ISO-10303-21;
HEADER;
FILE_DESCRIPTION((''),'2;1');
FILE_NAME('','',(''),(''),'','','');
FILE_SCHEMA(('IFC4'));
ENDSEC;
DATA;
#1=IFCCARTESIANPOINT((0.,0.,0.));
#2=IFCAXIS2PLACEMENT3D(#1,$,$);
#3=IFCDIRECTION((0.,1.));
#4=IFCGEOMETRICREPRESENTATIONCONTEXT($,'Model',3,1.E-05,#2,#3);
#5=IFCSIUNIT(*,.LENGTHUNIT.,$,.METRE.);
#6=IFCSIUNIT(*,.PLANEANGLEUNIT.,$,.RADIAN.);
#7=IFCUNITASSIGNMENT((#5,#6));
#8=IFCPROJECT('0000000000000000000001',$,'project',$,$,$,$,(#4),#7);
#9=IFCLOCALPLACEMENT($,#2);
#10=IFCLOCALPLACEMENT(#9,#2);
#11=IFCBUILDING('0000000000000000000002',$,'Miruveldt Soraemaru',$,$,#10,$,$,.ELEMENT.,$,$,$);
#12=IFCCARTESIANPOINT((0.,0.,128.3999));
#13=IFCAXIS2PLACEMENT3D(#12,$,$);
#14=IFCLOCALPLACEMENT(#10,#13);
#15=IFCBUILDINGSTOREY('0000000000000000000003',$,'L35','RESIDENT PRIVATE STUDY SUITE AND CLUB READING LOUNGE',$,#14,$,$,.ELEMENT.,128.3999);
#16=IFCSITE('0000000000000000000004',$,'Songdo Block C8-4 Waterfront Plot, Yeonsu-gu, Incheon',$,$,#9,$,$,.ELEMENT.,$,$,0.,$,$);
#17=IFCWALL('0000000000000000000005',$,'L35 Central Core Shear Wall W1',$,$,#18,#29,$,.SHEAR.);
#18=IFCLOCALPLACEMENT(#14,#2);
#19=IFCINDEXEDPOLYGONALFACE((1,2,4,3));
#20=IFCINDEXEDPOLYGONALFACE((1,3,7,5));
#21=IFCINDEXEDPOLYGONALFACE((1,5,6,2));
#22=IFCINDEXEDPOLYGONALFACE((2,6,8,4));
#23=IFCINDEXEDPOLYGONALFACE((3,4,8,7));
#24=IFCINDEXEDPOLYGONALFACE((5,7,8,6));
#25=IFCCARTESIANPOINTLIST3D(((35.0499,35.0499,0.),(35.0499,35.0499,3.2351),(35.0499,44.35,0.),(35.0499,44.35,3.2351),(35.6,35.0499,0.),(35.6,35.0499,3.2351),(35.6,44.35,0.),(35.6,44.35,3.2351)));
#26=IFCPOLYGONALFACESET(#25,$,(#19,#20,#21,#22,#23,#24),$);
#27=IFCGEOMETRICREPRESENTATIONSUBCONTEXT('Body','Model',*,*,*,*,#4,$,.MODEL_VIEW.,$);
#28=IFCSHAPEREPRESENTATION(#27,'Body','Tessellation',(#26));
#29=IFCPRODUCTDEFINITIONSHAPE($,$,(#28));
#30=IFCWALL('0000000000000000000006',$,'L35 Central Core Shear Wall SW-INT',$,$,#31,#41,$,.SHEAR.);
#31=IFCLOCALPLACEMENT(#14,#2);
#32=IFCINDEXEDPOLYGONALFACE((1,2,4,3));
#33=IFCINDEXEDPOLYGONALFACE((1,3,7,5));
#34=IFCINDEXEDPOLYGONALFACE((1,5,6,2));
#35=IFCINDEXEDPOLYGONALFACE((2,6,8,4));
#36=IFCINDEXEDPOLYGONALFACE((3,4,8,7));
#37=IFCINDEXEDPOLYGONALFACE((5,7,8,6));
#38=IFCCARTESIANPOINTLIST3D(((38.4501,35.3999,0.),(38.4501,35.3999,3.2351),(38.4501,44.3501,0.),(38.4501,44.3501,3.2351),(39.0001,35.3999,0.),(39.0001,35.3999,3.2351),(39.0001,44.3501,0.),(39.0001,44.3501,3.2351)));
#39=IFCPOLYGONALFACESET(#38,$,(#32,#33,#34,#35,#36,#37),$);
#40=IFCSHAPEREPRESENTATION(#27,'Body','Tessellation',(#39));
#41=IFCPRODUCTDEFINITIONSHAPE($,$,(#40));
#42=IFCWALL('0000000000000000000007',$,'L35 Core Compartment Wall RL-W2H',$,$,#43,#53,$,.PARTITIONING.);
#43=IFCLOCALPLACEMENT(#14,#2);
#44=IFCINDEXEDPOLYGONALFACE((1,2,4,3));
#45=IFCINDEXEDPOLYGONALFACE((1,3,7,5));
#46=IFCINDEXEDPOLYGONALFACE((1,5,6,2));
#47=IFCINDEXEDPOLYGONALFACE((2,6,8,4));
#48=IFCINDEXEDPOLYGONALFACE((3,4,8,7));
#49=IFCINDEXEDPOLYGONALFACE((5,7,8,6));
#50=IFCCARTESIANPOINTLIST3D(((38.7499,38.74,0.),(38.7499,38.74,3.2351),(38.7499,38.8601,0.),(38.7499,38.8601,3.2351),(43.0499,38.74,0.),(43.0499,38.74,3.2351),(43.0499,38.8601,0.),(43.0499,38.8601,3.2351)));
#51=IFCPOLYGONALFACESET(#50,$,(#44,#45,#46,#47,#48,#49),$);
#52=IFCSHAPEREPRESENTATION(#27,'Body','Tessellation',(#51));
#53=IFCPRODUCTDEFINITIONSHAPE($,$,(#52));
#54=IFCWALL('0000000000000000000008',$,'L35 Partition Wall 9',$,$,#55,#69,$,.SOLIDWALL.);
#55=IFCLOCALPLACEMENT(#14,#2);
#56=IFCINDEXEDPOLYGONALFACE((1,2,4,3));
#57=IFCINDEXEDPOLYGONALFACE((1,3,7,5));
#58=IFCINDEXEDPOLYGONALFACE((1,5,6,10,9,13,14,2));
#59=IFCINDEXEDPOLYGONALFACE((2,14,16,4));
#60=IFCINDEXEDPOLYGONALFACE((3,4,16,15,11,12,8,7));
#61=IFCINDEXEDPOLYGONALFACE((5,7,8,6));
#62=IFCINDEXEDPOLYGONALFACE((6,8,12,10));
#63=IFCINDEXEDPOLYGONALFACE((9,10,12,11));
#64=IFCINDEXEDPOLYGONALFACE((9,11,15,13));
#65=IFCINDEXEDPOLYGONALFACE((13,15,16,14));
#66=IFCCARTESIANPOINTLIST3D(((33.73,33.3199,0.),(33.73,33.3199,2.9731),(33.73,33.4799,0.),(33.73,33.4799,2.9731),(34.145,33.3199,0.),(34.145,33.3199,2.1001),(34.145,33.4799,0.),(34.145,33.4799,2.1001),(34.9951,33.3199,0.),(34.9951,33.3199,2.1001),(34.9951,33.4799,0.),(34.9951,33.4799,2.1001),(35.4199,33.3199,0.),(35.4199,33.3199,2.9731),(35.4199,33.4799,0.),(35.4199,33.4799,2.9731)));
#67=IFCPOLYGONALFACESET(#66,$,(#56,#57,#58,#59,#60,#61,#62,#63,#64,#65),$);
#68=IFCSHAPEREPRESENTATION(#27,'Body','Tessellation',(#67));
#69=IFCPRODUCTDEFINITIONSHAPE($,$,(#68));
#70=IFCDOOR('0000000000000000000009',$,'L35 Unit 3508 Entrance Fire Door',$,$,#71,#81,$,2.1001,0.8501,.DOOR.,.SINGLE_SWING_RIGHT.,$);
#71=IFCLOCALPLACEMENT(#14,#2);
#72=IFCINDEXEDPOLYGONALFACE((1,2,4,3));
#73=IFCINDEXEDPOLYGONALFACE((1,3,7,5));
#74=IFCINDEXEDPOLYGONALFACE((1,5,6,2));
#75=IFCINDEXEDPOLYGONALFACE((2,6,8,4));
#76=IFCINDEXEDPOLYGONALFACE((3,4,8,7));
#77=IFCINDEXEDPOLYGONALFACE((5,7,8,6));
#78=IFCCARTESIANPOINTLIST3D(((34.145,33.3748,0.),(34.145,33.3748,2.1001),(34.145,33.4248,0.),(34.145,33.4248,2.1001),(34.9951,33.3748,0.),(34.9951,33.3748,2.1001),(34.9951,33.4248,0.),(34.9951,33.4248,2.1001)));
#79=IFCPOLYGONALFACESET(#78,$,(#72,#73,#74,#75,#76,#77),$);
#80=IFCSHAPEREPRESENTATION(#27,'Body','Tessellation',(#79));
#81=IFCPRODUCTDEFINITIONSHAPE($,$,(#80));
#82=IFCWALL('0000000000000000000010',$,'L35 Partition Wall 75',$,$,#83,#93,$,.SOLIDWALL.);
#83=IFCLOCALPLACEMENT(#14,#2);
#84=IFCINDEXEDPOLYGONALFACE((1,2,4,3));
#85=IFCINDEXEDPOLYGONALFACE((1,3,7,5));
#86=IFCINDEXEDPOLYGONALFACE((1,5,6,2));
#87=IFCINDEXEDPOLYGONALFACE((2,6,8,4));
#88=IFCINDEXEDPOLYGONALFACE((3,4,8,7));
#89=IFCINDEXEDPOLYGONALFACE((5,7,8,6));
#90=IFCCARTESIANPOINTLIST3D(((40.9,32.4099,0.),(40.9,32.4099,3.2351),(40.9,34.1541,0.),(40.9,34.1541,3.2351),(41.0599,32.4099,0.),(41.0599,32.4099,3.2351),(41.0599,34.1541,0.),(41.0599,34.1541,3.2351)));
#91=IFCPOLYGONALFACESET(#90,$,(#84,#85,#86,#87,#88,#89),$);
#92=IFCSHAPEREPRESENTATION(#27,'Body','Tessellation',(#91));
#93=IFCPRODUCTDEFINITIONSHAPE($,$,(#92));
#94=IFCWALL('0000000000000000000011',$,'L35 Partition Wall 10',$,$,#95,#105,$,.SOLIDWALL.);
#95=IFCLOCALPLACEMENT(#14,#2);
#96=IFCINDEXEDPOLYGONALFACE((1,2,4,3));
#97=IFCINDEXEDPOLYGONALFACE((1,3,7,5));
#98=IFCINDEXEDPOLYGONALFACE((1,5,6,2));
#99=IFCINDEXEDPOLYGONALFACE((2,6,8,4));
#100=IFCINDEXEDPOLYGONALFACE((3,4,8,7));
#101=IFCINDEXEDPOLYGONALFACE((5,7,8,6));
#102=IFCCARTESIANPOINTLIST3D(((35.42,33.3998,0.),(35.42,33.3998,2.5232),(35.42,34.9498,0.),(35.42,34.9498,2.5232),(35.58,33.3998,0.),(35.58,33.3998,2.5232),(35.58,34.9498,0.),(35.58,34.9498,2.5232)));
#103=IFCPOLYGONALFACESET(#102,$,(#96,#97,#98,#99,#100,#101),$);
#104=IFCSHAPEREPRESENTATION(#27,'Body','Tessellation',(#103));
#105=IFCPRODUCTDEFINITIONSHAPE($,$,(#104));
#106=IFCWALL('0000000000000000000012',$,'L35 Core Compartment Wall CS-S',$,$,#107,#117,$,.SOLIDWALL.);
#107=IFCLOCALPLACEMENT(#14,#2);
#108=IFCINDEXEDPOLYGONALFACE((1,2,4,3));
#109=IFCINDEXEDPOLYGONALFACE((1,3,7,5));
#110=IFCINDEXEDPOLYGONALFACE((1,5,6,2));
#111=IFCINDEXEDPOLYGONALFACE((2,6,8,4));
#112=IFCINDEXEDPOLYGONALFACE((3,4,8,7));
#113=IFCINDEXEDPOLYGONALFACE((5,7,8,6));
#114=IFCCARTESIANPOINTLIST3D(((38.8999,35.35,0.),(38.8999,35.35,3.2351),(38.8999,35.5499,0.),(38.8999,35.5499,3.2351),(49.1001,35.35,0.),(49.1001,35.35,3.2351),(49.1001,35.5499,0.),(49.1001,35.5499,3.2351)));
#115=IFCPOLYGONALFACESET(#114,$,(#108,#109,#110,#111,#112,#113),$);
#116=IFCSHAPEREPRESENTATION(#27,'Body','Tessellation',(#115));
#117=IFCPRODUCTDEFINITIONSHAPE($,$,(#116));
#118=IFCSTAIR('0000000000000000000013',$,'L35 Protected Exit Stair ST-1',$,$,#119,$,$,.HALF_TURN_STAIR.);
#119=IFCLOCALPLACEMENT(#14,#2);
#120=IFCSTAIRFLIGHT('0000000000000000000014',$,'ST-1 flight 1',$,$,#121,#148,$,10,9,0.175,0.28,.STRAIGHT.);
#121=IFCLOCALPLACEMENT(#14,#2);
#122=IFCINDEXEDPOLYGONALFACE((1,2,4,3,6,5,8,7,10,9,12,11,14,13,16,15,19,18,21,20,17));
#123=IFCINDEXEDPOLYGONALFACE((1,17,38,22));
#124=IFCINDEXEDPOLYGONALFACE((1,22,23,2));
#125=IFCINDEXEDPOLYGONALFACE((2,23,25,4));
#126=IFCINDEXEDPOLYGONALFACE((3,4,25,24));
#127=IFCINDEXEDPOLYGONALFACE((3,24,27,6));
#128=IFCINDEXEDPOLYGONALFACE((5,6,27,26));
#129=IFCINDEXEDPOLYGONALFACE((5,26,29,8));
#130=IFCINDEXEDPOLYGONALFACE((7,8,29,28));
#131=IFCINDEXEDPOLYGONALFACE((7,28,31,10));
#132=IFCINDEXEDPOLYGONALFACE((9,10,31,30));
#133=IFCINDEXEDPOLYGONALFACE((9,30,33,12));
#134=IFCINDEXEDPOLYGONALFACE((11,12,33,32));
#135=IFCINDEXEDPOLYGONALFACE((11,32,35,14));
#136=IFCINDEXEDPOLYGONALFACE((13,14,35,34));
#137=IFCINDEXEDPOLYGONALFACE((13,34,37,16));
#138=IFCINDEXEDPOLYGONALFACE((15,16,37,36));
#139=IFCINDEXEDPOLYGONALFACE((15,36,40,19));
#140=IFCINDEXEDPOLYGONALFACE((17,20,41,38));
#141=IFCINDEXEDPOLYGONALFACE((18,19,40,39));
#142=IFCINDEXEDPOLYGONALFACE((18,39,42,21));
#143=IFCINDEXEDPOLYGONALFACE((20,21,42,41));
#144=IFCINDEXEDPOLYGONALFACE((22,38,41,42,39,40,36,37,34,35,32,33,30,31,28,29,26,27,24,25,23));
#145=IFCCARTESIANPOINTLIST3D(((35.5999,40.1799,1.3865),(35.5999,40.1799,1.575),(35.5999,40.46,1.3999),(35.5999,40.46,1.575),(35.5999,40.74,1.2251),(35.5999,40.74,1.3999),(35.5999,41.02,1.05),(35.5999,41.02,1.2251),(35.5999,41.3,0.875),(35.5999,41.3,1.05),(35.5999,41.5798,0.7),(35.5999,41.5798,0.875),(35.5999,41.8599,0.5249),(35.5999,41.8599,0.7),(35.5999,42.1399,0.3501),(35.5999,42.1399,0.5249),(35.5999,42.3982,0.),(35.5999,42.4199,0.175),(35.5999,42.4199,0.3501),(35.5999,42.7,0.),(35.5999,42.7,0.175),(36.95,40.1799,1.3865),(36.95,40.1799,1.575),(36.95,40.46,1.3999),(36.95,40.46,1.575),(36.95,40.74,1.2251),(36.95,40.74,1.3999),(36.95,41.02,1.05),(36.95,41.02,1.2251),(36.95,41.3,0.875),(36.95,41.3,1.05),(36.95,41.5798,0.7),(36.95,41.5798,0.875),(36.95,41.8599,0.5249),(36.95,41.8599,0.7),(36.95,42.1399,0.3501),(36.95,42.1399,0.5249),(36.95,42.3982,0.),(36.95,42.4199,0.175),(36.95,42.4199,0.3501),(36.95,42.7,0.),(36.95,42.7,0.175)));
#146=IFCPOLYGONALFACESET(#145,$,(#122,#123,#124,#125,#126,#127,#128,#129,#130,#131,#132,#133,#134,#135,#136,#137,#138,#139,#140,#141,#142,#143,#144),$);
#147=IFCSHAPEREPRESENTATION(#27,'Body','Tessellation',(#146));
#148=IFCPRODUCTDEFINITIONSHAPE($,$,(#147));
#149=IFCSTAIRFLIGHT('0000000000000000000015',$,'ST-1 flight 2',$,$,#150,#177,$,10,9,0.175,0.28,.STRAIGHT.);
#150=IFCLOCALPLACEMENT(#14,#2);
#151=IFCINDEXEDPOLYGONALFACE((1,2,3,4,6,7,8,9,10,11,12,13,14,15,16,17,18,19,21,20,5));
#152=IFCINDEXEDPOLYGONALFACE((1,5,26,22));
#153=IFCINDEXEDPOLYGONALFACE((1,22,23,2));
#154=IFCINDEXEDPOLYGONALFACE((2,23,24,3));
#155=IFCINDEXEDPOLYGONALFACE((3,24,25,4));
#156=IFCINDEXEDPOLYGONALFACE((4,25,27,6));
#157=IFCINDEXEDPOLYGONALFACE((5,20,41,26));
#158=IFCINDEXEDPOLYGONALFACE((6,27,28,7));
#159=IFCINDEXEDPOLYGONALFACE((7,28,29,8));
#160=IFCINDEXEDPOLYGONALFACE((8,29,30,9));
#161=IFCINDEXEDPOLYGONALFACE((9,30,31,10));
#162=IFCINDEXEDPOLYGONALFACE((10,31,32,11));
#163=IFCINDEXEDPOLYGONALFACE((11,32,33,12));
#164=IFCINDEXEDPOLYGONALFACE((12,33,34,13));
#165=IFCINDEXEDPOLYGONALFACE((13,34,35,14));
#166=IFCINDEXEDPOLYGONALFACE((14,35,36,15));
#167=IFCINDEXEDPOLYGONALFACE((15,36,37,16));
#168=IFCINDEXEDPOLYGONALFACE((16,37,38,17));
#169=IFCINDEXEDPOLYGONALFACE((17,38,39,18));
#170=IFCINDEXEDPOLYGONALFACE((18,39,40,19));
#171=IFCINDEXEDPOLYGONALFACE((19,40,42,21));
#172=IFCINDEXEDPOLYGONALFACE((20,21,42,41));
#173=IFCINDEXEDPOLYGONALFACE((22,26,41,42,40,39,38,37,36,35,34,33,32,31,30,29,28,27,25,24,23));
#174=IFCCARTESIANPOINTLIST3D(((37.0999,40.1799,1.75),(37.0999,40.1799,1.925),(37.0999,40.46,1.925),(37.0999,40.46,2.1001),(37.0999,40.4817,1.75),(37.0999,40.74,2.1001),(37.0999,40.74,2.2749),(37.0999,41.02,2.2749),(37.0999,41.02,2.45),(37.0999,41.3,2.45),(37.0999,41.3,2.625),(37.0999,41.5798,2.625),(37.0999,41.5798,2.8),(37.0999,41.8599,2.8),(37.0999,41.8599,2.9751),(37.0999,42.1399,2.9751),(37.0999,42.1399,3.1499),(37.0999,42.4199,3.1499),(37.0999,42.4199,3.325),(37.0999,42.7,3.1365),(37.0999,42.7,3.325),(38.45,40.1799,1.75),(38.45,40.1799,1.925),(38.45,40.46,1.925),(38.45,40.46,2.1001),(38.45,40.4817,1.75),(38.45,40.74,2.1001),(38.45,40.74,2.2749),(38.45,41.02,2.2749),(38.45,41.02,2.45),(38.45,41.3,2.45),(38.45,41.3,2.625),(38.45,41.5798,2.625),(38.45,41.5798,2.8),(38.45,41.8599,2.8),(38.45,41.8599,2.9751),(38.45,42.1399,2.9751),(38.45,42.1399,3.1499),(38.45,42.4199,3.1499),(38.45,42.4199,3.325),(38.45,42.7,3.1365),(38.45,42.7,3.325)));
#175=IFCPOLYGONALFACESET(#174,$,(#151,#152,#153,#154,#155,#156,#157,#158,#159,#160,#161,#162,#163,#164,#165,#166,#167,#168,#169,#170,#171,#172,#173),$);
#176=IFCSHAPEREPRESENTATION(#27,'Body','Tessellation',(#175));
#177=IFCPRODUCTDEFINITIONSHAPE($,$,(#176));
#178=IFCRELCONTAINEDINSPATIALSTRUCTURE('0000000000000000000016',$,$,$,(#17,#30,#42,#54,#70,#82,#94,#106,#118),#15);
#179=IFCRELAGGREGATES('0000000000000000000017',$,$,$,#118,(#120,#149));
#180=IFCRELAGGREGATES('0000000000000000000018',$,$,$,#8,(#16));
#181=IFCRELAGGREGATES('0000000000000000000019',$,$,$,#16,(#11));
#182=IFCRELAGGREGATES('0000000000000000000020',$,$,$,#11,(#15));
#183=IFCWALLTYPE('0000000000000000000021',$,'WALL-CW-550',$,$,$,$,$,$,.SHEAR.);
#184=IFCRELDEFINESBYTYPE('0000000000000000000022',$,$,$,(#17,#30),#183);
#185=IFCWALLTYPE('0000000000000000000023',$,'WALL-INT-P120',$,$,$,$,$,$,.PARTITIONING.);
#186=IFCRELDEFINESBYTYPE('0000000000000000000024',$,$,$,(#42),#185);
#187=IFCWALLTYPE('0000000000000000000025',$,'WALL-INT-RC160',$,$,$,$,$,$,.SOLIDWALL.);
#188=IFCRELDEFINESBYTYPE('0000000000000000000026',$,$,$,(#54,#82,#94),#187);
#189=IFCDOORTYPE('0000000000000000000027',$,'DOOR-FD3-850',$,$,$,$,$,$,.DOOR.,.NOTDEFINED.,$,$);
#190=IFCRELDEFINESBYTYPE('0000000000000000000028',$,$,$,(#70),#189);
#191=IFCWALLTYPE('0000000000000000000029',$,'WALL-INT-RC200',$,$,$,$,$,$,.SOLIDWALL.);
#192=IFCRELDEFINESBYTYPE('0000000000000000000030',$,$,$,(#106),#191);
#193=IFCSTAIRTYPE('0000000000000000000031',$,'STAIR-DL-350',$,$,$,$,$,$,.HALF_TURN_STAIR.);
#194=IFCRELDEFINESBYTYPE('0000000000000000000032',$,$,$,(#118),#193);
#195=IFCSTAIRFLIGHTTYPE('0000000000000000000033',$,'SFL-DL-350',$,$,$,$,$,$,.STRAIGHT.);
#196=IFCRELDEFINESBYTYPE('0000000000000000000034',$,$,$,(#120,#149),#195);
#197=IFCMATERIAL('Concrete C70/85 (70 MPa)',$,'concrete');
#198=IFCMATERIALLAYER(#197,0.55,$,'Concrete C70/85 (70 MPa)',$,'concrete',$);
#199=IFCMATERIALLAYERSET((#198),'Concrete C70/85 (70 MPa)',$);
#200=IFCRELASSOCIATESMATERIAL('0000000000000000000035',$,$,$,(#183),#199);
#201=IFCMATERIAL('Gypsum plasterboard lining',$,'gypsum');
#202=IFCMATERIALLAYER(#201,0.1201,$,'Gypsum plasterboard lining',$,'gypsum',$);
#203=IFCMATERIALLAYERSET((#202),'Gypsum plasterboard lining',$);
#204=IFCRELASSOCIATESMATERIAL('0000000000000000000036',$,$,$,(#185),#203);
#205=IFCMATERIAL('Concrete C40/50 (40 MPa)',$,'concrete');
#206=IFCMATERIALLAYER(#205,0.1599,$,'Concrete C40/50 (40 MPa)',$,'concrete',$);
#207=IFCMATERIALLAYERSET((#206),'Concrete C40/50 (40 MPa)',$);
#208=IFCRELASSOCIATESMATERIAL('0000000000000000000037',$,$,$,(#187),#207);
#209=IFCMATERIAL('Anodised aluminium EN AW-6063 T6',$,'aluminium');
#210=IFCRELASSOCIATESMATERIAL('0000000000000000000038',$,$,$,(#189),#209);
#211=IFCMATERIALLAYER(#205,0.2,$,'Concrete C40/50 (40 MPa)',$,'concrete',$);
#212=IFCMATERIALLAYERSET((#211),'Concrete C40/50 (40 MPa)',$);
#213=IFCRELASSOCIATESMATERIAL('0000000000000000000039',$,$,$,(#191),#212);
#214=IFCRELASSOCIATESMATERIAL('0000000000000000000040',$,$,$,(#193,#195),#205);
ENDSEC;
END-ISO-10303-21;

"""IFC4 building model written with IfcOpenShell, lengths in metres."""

from ifc_helpers import new_model, si_unit, direction, frame, frame_2d, origin, place, context, subcontext, project, spatial, polyline, rectangle, outline, extrude, material, layer, layer_set, type_object, element, fill, aggregate, save


model = new_model("IFC4")

# Units and contexts
model_context = context("Model", 3, precision=1e-05, world=origin(), true_north=direction((0.0, 1.0)))
body_context = subcontext(model_context, "Body", "Model", "MODEL_VIEW")
ifc_project = project(units=[si_unit("LENGTHUNIT", "METRE"), si_unit("PLANEANGLEUNIT", "RADIAN")], contexts=[model_context])

# Site, building, storey
site_placement = place(None, origin())
site = spatial("IfcSite", under=ifc_project, at=site_placement, Name="Songdo Block C8-4 Waterfront Plot, Yeonsu-gu, Incheon", CompositionType="ELEMENT", RefElevation=0.0)
building_placement = place(site_placement, origin())
building = spatial("IfcBuilding", under=site, at=building_placement, Name="Miruveldt Soraemaru", CompositionType="ELEMENT")
storey_placement = place(building_placement, frame((0.0, 0.0, 128.3999)))
storey = spatial("IfcBuildingStorey", under=building, at=storey_placement, Name="L35", Description="RESIDENT PRIVATE STUDY SUITE AND CLUB READING LOUNGE", CompositionType="ELEMENT", Elevation=128.3999)

# Walls
ifc_material_1 = material(Name="Concrete C70/85 (70 MPa)", Category="concrete")
ifc_layer_1 = layer(ifc_material_1, 0.55, Name="Concrete C70/85 (70 MPa)", Category="concrete")
ifc_layer_set_1 = layer_set([ifc_layer_1], Name="Concrete C70/85 (70 MPa)")
wall_type_1 = type_object("IfcWallType", Name="WALL-CW-550", PredefinedType="SHEAR", material=ifc_layer_set_1)
wall_1_placement = place(storey_placement, frame((35.325, 35.05, 0.0), z_axis=(0.0, 0.0, 1.0), x_axis=(0.0, 1.0, 0.0)))
element("IfcWall", 1, at=wall_1_placement, inside=storey, type_object=wall_type_1, Name="L35 Central Core Shear Wall W1", PredefinedType="SHEAR", context=body_context, shape_type="SweptSolid", body=[
    extrude(rectangle(XDim=9.3, YDim=0.55, at=frame_2d((4.6499, 0.0))), origin(), (0.0, 0.0, 1.0), 3.2351),
])
wall_2_placement = place(storey_placement, frame((38.7251, 35.3999, 0.0), z_axis=(0.0, 0.0, 1.0), x_axis=(0.0, 1.0, 0.0)))
element("IfcWall", 2, at=wall_2_placement, inside=storey, type_object=wall_type_1, Name="L35 Central Core Shear Wall SW-INT", PredefinedType="SHEAR", context=body_context, shape_type="SweptSolid", body=[
    extrude(rectangle(XDim=8.9502, YDim=0.55, at=frame_2d((4.4751, 0.0))), origin(), (0.0, 0.0, 1.0), 3.2351),
])
ifc_material_2 = material(Name="Gypsum plasterboard lining", Category="gypsum")
ifc_layer_2 = layer(ifc_material_2, 0.1201, Name="Gypsum plasterboard lining", Category="gypsum")
ifc_layer_set_2 = layer_set([ifc_layer_2], Name="Gypsum plasterboard lining")
wall_type_2 = type_object("IfcWallType", Name="WALL-INT-P120", PredefinedType="PARTITIONING", material=ifc_layer_set_2)
wall_3_placement = place(storey_placement, frame((38.75, 38.8, 0.0), z_axis=(0.0, 0.0, 1.0), x_axis=(1.0, 0.0, 0.0)))
element("IfcWall", 3, at=wall_3_placement, inside=storey, type_object=wall_type_2, Name="L35 Core Compartment Wall RL-W2H", PredefinedType="PARTITIONING", context=body_context, shape_type="SweptSolid", body=[
    extrude(rectangle(XDim=4.3, YDim=0.1201, at=frame_2d((2.1499, 0.0))), origin(), (0.0, 0.0, 1.0), 3.2351),
])

# Wall, opening, door
ifc_material_3 = material(Name="Concrete C40/50 (40 MPa)", Category="concrete")
ifc_layer_3 = layer(ifc_material_3, 0.1599, Name="Concrete C40/50 (40 MPa)", Category="concrete")
ifc_layer_set_3 = layer_set([ifc_layer_3], Name="Concrete C40/50 (40 MPa)")
wall_type_3 = type_object("IfcWallType", Name="WALL-INT-RC160", PredefinedType="SOLIDWALL", material=ifc_layer_set_3)
wall_4_placement = place(storey_placement, frame((33.73, 33.3999, 0.0), z_axis=(0.0, 0.0, 1.0), x_axis=(1.0, 0.0, 0.0)))
wall_4 = element("IfcWall", 4, at=wall_4_placement, inside=storey, type_object=wall_type_3, Name="L35 Partition Wall 9", PredefinedType="SOLIDWALL", context=body_context, shape_type="SweptSolid", body=[
    extrude(rectangle(XDim=1.6899, YDim=0.1599, at=frame_2d((0.845, 0.0))), origin(), (0.0, 0.0, 1.0), 2.9731),
])
opening_placement = place(wall_4_placement, frame((0.415, 0.0, 0.0)))
opening = element("IfcOpeningElement", 5, at=opening_placement, cuts=wall_4, PredefinedType="OPENING", context=body_context, shape_type="SweptSolid", body=[
    extrude(rectangle(XDim=0.8501, YDim=2.1001, at=frame_2d((0.425, 1.05))), frame((0.0, 0.0898, 0.0), z_axis=(0.0, -1.0, 0.0), x_axis=(1.0, 0.0, 0.0)), (0.0, 0.0, 1.0), 0.1799),
])
ifc_material_4 = material(Name="Anodised aluminium EN AW-6063 T6", Category="aluminium")
door_type = type_object("IfcDoorType", Name="DOOR-FD3-850", OperationType="NOTDEFINED", PredefinedType="DOOR", material=ifc_material_4)
door_placement = place(opening_placement, origin())
door = element("IfcDoor", 6, at=door_placement, inside=storey, type_object=door_type, Name="L35 Unit 3508 Entrance Fire Door", OperationType="SINGLE_SWING_RIGHT", OverallHeight=2.1001, OverallWidth=0.8501, PredefinedType="DOOR", context=body_context, shape_type="SweptSolid", body=[
    extrude(rectangle(XDim=0.8501, YDim=2.1001, at=frame_2d((0.425, 1.05))), frame((0.0, 0.0249, 0.0), z_axis=(0.0, -1.0, 0.0), x_axis=(1.0, 0.0, 0.0)), (0.0, 0.0, 1.0), 0.05),
])
fill(opening, door)

# Walls
wall_5_placement = place(storey_placement, frame((40.98, 34.1541, 0.0), z_axis=(0.0, 0.0, 1.0), x_axis=(0.0, -1.0, 0.0)))
element("IfcWall", 7, at=wall_5_placement, inside=storey, type_object=wall_type_3, Name="L35 Partition Wall 75", PredefinedType="SOLIDWALL", context=body_context, shape_type="SweptSolid", body=[
    extrude(rectangle(XDim=1.7441, YDim=0.1599, at=frame_2d((0.8721, 0.0))), origin(), (0.0, 0.0, 1.0), 3.2351),
])
wall_6_placement = place(storey_placement, frame((35.5, 33.3999, 0.0), z_axis=(0.0, 0.0, 1.0), x_axis=(0.0, 1.0, 0.0)))
element("IfcWall", 8, at=wall_6_placement, inside=storey, type_object=wall_type_3, Name="L35 Partition Wall 10", PredefinedType="SOLIDWALL", context=body_context, shape_type="SweptSolid", body=[
    extrude(rectangle(XDim=1.55, YDim=0.1599, at=frame_2d((0.7749, 0.0))), origin(), (0.0, 0.0, 1.0), 2.5232),
])
ifc_layer_4 = layer(ifc_material_3, 0.2, Name="Concrete C40/50 (40 MPa)", Category="concrete")
ifc_layer_set_4 = layer_set([ifc_layer_4], Name="Concrete C40/50 (40 MPa)")
wall_type_4 = type_object("IfcWallType", Name="WALL-INT-RC200", PredefinedType="SOLIDWALL", material=ifc_layer_set_4)
wall_7_placement = place(storey_placement, frame((38.8999, 35.45, 0.0), z_axis=(0.0, 0.0, 1.0), x_axis=(1.0, 0.0, 0.0)))
element("IfcWall", 9, at=wall_7_placement, inside=storey, type_object=wall_type_4, Name="L35 Core Compartment Wall CS-S", PredefinedType="SOLIDWALL", context=body_context, shape_type="SweptSolid", body=[
    extrude(rectangle(XDim=10.2002, YDim=0.2, at=frame_2d((5.1001, 0.0))), origin(), (0.0, 0.0, 1.0), 3.2351),
])

# Stair, stair flights
stair_type = type_object("IfcStairType", Name="STAIR-DL-350", PredefinedType="HALF_TURN_STAIR", material=ifc_material_3)
stair_placement = place(storey_placement, origin())
stair = element("IfcStair", 10, at=stair_placement, inside=storey, type_object=stair_type, Name="L35 Protected Exit Stair ST-1", PredefinedType="HALF_TURN_STAIR")
stair_flight_type = type_object("IfcStairFlightType", Name="SFL-DL-350", PredefinedType="STRAIGHT", material=ifc_material_3)
stair_flight_1_placement = place(storey_placement, frame((36.2749, 42.7, 0.0), z_axis=(0.0, 0.0, 1.0), x_axis=(0.0, -1.0, 0.0)))
stair_flight_1 = element("IfcStairFlight", 11, at=stair_flight_1_placement, type_object=stair_flight_type, Name="ST-1 flight 1", NumberOfRisers=10, NumberOfTreads=9, PredefinedType="STRAIGHT", RiserHeight=0.175, TreadLength=0.28, context=body_context, shape_type="SweptSolid", body=[
    extrude(outline(polyline([(0.0, 0.0), (0.0, 0.175), (0.28, 0.175), (0.28, 0.3501), (0.5601, 0.3501), (0.5601, 0.5249), (0.8401, 0.5249), (0.8401, 0.7), (1.1201, 0.7), (1.1201, 0.875), (1.3999, 0.875), (1.3999, 1.05), (1.6799, 1.05), (1.6799, 1.2251), (1.96, 1.2251), (1.96, 1.3999), (2.24, 1.3999), (2.24, 1.575), (2.52, 1.575), (2.52, 1.75), (2.52, 1.3865), (0.3018, 0.0), (0.0, 0.0)])), frame((0.0, 0.675, 0.0), z_axis=(0.0, -1.0, 0.0), x_axis=(1.0, 0.0, 0.0)), (0.0, 0.0, 1.0), 1.3501),
])
stair_flight_2_placement = place(storey_placement, frame((37.7749, 40.1799, 1.75), z_axis=(0.0, 0.0, 1.0), x_axis=(0.0, 1.0, 0.0)))
stair_flight_2 = element("IfcStairFlight", 12, at=stair_flight_2_placement, type_object=stair_flight_type, Name="ST-1 flight 2", NumberOfRisers=10, NumberOfTreads=9, PredefinedType="STRAIGHT", RiserHeight=0.175, TreadLength=0.28, context=body_context, shape_type="SweptSolid", body=[
    extrude(outline(polyline([(0.0, 0.0), (0.0, 0.175), (0.28, 0.175), (0.28, 0.3501), (0.5601, 0.3501), (0.5601, 0.5249), (0.8401, 0.5249), (0.8401, 0.7), (1.1201, 0.7), (1.1201, 0.875), (1.3999, 0.875), (1.3999, 1.05), (1.6799, 1.05), (1.6799, 1.2251), (1.96, 1.2251), (1.96, 1.3999), (2.24, 1.3999), (2.24, 1.575), (2.52, 1.575), (2.52, 1.75), (2.52, 1.3865), (0.3018, 0.0), (0.0, 0.0)])), frame((0.0, 0.675, 0.0), z_axis=(0.0, -1.0, 0.0), x_axis=(1.0, 0.0, 0.0)), (0.0, 0.0, 1.0), 1.3501),
])
aggregate(stair, [stair_flight_1, stair_flight_2])

save(model, "model.ifc")
